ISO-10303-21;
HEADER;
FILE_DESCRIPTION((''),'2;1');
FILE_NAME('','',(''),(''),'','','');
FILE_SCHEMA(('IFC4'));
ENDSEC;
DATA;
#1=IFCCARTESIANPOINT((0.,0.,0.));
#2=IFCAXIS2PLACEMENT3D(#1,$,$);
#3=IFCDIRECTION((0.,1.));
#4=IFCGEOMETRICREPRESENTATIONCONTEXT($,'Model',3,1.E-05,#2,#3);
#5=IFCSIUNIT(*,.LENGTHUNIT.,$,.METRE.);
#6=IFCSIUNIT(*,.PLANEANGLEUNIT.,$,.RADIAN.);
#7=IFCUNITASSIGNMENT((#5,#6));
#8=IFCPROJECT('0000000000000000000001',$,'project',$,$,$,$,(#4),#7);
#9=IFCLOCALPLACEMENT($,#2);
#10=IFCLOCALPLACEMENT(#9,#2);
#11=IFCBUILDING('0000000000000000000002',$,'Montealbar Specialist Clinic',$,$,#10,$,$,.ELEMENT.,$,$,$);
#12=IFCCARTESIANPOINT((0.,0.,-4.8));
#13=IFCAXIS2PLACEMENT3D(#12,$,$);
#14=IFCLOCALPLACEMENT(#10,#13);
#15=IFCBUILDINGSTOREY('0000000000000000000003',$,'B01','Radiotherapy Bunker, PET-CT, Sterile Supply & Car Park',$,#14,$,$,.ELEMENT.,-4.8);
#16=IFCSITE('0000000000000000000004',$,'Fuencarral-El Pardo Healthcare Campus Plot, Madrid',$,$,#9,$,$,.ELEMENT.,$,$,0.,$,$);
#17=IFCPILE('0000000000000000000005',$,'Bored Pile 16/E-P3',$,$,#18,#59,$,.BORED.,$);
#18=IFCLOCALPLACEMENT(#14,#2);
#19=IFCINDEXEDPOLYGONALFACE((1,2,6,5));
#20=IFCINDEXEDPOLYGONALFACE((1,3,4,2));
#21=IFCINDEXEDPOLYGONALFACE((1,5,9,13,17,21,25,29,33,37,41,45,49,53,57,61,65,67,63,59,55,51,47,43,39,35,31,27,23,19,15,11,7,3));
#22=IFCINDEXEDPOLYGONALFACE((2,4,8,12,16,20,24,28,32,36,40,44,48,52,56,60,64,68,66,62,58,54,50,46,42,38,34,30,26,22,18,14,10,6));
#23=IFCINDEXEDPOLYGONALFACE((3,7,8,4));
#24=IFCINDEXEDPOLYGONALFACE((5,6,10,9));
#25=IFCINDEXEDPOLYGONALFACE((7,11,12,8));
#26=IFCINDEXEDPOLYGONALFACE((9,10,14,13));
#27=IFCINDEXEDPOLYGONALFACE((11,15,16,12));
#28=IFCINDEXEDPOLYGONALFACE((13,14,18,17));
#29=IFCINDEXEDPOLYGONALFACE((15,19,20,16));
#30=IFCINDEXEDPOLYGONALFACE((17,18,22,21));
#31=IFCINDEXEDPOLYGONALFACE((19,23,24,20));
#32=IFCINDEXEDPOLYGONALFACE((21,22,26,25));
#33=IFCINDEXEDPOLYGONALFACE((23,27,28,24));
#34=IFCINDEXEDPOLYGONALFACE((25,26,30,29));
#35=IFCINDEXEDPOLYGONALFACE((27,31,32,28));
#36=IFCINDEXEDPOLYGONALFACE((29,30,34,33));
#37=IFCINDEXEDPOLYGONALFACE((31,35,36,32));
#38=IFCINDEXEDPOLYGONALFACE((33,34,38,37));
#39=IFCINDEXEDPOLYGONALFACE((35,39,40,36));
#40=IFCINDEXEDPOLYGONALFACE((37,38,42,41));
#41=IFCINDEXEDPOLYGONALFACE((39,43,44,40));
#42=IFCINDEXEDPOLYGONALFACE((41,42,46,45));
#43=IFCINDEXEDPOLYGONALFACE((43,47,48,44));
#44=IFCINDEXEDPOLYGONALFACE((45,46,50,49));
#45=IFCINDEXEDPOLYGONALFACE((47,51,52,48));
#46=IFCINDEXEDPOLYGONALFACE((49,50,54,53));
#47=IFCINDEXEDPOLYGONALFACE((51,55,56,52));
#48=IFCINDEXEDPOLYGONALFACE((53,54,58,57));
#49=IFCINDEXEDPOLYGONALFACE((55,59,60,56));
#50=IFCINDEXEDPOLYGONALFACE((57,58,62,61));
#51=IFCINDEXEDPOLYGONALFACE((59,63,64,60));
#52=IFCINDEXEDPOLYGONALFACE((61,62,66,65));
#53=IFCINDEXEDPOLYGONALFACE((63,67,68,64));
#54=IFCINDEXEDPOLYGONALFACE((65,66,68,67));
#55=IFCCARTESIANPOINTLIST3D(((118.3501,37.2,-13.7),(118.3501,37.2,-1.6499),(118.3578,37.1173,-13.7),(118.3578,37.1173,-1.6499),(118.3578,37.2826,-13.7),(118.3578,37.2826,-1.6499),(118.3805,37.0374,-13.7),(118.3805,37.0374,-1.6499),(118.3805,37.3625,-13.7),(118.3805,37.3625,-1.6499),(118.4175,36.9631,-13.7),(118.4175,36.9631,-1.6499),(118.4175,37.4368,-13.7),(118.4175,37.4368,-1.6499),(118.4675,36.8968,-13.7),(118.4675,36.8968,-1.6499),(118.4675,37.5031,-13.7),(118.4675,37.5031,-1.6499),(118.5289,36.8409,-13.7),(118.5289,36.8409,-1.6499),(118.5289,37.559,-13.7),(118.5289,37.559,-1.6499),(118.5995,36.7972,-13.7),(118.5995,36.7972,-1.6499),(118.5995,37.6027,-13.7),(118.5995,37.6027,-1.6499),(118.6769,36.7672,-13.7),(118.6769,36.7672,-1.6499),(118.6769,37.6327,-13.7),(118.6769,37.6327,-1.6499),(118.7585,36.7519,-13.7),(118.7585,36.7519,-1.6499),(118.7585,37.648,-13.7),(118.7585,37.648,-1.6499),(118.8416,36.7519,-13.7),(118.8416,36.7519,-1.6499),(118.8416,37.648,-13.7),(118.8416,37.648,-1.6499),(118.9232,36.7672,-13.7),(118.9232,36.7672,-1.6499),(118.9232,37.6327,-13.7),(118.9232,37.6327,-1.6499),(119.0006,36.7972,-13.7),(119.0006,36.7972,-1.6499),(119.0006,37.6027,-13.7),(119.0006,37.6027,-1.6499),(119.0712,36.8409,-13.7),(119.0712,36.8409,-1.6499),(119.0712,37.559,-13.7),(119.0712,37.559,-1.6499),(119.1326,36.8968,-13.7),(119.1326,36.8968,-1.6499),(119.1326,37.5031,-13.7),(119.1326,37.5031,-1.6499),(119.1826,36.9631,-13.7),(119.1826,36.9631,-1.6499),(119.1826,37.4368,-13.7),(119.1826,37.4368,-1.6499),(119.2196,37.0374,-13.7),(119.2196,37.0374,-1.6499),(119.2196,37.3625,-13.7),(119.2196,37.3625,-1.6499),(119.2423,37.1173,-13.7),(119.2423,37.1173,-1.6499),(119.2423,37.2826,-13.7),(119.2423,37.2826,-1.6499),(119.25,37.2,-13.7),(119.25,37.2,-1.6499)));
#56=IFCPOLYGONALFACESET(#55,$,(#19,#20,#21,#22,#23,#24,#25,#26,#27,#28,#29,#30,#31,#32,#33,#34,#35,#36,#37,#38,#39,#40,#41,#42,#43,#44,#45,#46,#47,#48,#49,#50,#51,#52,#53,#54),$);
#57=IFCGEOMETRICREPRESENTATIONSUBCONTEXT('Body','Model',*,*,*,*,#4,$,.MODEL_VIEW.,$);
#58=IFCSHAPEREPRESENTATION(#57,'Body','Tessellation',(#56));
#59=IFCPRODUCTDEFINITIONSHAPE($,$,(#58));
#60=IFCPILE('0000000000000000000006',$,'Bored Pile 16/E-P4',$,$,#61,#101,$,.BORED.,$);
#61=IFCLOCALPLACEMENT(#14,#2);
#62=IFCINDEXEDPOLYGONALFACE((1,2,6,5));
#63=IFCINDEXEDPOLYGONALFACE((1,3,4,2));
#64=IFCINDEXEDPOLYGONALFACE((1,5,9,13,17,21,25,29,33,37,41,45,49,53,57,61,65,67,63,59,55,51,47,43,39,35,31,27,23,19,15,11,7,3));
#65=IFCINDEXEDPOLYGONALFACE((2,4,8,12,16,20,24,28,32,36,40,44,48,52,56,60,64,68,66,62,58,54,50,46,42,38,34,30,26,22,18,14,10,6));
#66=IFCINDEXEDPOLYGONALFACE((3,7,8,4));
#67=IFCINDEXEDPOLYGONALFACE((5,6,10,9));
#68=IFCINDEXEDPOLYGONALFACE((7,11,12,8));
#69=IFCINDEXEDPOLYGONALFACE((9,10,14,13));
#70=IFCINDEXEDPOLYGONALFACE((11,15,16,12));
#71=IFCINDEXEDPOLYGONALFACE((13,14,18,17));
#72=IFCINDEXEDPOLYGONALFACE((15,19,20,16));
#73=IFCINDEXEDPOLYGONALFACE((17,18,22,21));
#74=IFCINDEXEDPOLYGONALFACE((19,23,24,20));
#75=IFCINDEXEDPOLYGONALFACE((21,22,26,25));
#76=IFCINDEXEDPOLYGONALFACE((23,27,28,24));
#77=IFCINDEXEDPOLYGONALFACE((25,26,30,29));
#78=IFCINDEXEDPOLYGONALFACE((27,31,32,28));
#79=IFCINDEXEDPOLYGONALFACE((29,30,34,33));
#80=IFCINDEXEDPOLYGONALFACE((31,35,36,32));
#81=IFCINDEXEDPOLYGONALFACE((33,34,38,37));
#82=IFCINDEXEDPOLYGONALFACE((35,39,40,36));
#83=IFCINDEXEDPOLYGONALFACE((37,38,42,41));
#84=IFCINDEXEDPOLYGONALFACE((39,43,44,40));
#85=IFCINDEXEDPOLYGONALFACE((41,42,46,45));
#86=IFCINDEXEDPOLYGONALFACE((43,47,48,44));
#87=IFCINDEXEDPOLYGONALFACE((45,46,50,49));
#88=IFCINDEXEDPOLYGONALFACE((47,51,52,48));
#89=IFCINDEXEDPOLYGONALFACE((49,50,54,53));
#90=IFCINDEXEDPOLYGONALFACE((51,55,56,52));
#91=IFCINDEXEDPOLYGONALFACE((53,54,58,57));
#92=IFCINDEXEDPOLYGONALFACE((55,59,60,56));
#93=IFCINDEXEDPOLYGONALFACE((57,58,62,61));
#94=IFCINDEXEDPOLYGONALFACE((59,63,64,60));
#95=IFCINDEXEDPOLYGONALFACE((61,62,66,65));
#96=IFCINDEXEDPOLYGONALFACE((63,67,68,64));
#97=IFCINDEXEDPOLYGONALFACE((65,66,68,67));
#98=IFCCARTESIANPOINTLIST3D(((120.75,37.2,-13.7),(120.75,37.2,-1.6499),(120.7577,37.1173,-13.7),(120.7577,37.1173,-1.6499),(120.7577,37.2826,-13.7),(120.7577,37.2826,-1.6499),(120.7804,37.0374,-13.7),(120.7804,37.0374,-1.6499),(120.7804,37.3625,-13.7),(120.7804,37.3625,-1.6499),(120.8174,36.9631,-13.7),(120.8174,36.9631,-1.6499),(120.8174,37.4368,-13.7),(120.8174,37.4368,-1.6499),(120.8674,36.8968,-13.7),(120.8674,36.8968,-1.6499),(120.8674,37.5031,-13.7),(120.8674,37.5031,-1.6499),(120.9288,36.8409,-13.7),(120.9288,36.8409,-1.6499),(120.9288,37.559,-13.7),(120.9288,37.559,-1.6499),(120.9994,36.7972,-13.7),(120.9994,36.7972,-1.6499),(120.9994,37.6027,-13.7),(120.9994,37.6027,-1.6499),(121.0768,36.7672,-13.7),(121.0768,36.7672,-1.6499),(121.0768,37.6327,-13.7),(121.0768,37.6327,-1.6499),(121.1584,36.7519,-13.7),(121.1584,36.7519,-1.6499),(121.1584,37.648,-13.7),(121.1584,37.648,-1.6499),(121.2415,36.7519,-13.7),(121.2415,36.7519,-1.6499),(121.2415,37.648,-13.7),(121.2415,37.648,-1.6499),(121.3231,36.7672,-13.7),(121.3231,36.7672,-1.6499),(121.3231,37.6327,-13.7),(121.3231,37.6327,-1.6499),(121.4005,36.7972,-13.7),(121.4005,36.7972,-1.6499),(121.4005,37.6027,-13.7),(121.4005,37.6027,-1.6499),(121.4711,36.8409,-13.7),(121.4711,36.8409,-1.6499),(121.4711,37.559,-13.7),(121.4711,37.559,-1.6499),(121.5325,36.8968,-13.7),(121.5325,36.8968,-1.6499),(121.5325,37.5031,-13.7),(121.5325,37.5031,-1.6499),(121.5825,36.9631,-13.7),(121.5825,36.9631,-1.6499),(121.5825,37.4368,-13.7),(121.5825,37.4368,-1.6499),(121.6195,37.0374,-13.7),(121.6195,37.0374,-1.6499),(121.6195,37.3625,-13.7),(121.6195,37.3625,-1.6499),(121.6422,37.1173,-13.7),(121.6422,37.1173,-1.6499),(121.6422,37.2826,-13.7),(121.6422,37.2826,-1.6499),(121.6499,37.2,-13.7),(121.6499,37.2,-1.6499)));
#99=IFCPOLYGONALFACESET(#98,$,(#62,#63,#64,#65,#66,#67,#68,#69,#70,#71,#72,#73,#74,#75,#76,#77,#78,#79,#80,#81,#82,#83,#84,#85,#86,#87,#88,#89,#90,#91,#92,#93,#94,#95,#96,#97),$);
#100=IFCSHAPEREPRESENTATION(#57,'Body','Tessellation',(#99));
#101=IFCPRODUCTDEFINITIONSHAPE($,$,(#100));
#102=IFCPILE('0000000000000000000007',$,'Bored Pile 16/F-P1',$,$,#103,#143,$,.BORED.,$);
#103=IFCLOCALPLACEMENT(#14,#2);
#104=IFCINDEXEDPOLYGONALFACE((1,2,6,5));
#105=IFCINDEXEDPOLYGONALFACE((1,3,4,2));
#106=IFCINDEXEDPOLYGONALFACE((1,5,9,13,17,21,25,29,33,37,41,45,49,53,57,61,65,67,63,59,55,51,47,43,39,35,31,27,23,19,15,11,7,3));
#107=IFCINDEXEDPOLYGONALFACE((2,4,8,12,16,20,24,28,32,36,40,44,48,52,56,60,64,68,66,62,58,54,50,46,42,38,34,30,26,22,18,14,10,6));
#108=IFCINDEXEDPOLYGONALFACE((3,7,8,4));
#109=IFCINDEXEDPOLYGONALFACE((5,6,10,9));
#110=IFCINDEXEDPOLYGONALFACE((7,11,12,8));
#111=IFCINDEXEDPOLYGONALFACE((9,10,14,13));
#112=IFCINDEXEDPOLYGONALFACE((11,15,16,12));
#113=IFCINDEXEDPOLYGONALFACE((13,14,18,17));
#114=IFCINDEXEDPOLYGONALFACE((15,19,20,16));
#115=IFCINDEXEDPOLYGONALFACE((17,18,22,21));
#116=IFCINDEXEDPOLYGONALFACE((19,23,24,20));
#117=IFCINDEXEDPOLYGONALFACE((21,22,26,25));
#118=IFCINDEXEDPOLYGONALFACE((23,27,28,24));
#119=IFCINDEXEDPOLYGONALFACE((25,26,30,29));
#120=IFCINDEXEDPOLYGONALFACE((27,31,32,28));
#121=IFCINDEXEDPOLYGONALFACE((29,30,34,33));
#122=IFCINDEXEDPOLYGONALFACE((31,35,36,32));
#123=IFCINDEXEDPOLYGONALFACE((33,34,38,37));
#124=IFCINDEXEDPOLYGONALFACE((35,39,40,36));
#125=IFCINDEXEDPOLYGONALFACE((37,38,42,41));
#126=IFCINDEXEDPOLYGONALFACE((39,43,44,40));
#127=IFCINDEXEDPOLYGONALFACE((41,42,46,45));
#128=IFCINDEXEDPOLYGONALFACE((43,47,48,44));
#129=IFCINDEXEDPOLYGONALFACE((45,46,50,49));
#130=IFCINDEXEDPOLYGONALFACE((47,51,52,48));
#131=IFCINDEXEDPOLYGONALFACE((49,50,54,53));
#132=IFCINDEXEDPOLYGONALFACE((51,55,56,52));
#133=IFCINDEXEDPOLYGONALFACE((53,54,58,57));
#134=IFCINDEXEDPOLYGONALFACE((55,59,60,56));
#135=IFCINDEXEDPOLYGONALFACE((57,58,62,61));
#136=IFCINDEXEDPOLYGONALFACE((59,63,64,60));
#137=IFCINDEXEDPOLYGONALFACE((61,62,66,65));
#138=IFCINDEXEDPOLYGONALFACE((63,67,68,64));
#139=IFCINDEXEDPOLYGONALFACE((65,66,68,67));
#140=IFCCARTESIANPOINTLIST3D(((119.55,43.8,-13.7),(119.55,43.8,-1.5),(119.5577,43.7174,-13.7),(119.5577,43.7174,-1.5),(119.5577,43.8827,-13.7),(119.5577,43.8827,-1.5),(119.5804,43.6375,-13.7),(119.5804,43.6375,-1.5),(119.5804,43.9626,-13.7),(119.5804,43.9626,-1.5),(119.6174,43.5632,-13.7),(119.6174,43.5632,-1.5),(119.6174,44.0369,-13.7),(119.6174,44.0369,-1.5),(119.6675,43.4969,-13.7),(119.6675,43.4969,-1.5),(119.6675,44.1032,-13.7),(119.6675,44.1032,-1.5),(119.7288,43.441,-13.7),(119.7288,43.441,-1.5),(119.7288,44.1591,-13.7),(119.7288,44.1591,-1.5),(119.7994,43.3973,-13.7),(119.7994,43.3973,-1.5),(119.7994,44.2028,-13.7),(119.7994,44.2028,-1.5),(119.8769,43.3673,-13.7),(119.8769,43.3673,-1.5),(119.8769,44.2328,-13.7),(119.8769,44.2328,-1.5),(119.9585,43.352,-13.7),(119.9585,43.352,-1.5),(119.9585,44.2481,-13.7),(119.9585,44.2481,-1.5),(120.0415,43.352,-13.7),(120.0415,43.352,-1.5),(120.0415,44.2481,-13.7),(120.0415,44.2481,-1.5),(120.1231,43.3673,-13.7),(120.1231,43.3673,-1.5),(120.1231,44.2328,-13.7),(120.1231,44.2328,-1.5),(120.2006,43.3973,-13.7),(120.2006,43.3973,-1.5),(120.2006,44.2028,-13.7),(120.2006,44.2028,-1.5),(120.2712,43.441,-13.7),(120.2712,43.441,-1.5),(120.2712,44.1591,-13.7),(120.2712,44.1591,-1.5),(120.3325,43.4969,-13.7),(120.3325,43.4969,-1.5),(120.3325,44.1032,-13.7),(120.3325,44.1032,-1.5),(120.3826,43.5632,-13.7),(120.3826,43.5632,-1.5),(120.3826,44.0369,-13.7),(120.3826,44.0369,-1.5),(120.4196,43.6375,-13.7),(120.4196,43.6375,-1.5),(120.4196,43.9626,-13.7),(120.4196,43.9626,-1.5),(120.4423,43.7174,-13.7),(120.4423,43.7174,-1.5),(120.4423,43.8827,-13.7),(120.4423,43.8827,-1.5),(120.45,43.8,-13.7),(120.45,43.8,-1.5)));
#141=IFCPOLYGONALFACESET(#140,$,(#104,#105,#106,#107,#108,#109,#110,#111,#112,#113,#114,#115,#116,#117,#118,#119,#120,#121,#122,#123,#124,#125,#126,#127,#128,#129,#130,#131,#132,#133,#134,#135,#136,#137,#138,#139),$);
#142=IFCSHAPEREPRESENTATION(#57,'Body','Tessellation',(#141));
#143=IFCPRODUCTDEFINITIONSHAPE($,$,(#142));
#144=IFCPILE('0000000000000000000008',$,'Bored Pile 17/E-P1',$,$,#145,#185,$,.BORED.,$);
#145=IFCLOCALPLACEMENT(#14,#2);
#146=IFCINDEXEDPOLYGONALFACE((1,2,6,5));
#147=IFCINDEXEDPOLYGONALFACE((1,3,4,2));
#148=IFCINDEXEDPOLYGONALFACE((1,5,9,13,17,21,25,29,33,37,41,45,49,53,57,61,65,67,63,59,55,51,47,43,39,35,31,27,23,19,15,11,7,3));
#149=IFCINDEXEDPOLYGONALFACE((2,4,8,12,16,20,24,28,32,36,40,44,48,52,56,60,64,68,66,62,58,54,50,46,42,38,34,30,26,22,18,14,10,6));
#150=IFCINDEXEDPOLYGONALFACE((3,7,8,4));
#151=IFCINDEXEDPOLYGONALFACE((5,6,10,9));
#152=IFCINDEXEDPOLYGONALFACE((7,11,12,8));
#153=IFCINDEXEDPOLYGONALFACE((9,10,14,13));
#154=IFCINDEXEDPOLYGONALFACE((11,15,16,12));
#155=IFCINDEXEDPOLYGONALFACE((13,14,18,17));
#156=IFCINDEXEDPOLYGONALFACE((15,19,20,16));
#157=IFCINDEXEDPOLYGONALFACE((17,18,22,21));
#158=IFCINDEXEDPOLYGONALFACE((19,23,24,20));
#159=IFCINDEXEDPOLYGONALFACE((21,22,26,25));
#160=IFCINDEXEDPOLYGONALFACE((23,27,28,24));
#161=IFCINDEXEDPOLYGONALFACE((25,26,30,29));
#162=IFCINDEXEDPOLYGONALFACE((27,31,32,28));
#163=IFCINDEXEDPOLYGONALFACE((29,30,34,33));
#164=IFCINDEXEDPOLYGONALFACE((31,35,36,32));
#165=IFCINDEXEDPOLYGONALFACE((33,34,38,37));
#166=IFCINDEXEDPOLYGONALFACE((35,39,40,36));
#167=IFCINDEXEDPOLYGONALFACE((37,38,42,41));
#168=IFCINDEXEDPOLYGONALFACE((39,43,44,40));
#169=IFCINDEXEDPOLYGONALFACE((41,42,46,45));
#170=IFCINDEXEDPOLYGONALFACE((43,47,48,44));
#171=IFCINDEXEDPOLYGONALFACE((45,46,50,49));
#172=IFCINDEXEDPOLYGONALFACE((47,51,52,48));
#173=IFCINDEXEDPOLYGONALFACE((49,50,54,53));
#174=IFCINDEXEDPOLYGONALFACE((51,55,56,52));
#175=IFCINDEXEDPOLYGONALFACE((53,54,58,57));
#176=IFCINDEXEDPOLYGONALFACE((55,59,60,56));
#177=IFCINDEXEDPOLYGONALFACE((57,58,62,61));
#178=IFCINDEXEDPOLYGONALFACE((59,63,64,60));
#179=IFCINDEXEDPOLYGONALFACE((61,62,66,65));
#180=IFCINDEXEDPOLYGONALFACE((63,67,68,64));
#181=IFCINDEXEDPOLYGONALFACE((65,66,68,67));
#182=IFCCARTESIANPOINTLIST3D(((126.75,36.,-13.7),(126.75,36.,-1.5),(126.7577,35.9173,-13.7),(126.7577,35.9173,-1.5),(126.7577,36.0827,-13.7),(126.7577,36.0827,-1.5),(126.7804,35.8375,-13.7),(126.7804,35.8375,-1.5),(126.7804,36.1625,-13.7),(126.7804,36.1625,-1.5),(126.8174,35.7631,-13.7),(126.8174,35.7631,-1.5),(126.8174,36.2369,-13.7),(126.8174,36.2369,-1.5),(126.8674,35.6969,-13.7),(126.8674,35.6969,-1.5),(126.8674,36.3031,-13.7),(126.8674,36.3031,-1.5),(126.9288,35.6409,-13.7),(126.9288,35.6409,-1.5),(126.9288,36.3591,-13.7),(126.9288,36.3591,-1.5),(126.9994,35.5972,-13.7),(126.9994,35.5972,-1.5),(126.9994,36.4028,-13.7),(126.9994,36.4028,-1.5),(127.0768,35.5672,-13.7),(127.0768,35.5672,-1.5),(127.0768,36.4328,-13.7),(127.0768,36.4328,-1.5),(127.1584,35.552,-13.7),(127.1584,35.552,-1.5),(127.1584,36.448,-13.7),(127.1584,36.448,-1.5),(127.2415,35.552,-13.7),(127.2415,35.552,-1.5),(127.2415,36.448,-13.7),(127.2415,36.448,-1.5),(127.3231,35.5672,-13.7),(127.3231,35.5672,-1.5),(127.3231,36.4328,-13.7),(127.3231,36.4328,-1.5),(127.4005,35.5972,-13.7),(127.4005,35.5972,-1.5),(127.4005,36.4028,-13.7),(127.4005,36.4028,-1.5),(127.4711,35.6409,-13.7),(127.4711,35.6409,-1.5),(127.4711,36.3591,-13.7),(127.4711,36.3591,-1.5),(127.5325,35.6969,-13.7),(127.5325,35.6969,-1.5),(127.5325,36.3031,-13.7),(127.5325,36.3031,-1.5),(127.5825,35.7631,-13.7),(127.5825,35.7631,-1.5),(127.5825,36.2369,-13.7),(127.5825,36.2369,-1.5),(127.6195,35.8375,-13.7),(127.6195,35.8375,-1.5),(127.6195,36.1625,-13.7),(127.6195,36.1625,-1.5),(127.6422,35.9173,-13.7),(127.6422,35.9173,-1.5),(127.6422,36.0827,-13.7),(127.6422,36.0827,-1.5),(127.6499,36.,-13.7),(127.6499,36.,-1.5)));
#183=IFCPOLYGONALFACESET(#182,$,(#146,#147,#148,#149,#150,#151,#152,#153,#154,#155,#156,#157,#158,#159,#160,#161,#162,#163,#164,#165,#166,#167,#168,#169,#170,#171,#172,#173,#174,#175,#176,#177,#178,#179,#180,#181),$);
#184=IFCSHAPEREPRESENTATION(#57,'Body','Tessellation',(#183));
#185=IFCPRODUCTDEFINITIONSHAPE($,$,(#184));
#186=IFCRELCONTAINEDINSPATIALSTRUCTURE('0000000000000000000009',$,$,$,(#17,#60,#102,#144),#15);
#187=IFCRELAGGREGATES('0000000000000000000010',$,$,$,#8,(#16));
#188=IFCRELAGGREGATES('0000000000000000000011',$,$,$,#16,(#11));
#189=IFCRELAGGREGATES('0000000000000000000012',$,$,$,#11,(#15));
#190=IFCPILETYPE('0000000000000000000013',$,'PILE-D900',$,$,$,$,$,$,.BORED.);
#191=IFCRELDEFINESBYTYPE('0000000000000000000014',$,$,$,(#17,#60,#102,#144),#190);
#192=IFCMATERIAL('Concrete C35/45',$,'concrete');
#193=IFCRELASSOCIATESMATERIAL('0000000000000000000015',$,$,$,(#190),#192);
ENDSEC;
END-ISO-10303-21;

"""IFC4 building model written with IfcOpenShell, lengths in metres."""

from ifc_helpers import new_model, si_unit, direction, frame, origin, origin_2d, place, context, subcontext, project, spatial, circle, extrude, material, material_profile, profile_set, type_object, element, save


model = new_model("IFC4")

# Units and contexts
model_context = context("Model", 3, precision=1e-05, world=origin(), true_north=direction((0.0, 1.0)))
body_context = subcontext(model_context, "Body", "Model", "MODEL_VIEW")
ifc_project = project(units=[si_unit("LENGTHUNIT", "METRE"), si_unit("PLANEANGLEUNIT", "RADIAN")], contexts=[model_context])

# Site, building, storey
site_placement = place(None, origin())
site = spatial("IfcSite", under=ifc_project, at=site_placement, Name="Fuencarral-El Pardo Healthcare Campus Plot, Madrid", CompositionType="ELEMENT", RefElevation=0.0)
building_placement = place(site_placement, origin())
building = spatial("IfcBuilding", under=site, at=building_placement, Name="Montealbar Specialist Clinic", CompositionType="ELEMENT")
storey_placement = place(building_placement, frame((0.0, 0.0, -4.8)))
storey = spatial("IfcBuildingStorey", under=building, at=storey_placement, Name="B01", Description="Radiotherapy Bunker, PET-CT, Sterile Supply & Car Park", CompositionType="ELEMENT", Elevation=-4.8)

# Shared definitions
ifc_material_1 = material(Name="Concrete C35/45", Category="concrete")

# Piles
ifc_material_profile_1 = material_profile(ifc_material_1, circle(Radius=0.45, at=origin_2d()), Name="PILE D900", Category="concrete")
ifc_profile_set_1 = profile_set([ifc_material_profile_1], Name="Concrete C35/45")
pile_type_1 = type_object("IfcPileType", Name="PILE-D900", PredefinedType="BORED", material=ifc_profile_set_1)
for number, where, z_axis, x_axis, name in (
    (1, (118.8, 37.2, -1.6499), (0.0, 0.0, -1.0), (1.0, 0.0, 0.0), "Bored Pile 16/E-P3"),
    (2, (121.2, 37.2, -1.6499), (0.0, 0.0, -1.0), (1.0, 0.0, 0.0), "Bored Pile 16/E-P4"),
):
    element("IfcPile", number, at=place(storey_placement, frame(where, z_axis=z_axis, x_axis=x_axis)), inside=storey, type_object=pile_type_1, Name=name, PredefinedType="BORED", context=body_context, shape_type="SweptSolid", body=[
        extrude(circle(Radius=0.45, at=origin_2d()), origin(), (0.0, 0.0, 1.0), 12.05),
    ])
for number, where, z_axis, x_axis, name in (
    (3, (120.0, 43.8, -1.5), (0.0, 0.0, -1.0), (1.0, 0.0, 0.0), "Bored Pile 16/F-P1"),
    (4, (127.2, 36.0, -1.5), (0.0, 0.0, -1.0), (1.0, 0.0, 0.0), "Bored Pile 17/E-P1"),
):
    element("IfcPile", number, at=place(storey_placement, frame(where, z_axis=z_axis, x_axis=x_axis)), inside=storey, type_object=pile_type_1, Name=name, PredefinedType="BORED", context=body_context, shape_type="SweptSolid", body=[
        extrude(circle(Radius=0.45, at=origin_2d()), origin(), (0.0, 0.0, 1.0), 12.2),
    ])

save(model, "model.ifc")
